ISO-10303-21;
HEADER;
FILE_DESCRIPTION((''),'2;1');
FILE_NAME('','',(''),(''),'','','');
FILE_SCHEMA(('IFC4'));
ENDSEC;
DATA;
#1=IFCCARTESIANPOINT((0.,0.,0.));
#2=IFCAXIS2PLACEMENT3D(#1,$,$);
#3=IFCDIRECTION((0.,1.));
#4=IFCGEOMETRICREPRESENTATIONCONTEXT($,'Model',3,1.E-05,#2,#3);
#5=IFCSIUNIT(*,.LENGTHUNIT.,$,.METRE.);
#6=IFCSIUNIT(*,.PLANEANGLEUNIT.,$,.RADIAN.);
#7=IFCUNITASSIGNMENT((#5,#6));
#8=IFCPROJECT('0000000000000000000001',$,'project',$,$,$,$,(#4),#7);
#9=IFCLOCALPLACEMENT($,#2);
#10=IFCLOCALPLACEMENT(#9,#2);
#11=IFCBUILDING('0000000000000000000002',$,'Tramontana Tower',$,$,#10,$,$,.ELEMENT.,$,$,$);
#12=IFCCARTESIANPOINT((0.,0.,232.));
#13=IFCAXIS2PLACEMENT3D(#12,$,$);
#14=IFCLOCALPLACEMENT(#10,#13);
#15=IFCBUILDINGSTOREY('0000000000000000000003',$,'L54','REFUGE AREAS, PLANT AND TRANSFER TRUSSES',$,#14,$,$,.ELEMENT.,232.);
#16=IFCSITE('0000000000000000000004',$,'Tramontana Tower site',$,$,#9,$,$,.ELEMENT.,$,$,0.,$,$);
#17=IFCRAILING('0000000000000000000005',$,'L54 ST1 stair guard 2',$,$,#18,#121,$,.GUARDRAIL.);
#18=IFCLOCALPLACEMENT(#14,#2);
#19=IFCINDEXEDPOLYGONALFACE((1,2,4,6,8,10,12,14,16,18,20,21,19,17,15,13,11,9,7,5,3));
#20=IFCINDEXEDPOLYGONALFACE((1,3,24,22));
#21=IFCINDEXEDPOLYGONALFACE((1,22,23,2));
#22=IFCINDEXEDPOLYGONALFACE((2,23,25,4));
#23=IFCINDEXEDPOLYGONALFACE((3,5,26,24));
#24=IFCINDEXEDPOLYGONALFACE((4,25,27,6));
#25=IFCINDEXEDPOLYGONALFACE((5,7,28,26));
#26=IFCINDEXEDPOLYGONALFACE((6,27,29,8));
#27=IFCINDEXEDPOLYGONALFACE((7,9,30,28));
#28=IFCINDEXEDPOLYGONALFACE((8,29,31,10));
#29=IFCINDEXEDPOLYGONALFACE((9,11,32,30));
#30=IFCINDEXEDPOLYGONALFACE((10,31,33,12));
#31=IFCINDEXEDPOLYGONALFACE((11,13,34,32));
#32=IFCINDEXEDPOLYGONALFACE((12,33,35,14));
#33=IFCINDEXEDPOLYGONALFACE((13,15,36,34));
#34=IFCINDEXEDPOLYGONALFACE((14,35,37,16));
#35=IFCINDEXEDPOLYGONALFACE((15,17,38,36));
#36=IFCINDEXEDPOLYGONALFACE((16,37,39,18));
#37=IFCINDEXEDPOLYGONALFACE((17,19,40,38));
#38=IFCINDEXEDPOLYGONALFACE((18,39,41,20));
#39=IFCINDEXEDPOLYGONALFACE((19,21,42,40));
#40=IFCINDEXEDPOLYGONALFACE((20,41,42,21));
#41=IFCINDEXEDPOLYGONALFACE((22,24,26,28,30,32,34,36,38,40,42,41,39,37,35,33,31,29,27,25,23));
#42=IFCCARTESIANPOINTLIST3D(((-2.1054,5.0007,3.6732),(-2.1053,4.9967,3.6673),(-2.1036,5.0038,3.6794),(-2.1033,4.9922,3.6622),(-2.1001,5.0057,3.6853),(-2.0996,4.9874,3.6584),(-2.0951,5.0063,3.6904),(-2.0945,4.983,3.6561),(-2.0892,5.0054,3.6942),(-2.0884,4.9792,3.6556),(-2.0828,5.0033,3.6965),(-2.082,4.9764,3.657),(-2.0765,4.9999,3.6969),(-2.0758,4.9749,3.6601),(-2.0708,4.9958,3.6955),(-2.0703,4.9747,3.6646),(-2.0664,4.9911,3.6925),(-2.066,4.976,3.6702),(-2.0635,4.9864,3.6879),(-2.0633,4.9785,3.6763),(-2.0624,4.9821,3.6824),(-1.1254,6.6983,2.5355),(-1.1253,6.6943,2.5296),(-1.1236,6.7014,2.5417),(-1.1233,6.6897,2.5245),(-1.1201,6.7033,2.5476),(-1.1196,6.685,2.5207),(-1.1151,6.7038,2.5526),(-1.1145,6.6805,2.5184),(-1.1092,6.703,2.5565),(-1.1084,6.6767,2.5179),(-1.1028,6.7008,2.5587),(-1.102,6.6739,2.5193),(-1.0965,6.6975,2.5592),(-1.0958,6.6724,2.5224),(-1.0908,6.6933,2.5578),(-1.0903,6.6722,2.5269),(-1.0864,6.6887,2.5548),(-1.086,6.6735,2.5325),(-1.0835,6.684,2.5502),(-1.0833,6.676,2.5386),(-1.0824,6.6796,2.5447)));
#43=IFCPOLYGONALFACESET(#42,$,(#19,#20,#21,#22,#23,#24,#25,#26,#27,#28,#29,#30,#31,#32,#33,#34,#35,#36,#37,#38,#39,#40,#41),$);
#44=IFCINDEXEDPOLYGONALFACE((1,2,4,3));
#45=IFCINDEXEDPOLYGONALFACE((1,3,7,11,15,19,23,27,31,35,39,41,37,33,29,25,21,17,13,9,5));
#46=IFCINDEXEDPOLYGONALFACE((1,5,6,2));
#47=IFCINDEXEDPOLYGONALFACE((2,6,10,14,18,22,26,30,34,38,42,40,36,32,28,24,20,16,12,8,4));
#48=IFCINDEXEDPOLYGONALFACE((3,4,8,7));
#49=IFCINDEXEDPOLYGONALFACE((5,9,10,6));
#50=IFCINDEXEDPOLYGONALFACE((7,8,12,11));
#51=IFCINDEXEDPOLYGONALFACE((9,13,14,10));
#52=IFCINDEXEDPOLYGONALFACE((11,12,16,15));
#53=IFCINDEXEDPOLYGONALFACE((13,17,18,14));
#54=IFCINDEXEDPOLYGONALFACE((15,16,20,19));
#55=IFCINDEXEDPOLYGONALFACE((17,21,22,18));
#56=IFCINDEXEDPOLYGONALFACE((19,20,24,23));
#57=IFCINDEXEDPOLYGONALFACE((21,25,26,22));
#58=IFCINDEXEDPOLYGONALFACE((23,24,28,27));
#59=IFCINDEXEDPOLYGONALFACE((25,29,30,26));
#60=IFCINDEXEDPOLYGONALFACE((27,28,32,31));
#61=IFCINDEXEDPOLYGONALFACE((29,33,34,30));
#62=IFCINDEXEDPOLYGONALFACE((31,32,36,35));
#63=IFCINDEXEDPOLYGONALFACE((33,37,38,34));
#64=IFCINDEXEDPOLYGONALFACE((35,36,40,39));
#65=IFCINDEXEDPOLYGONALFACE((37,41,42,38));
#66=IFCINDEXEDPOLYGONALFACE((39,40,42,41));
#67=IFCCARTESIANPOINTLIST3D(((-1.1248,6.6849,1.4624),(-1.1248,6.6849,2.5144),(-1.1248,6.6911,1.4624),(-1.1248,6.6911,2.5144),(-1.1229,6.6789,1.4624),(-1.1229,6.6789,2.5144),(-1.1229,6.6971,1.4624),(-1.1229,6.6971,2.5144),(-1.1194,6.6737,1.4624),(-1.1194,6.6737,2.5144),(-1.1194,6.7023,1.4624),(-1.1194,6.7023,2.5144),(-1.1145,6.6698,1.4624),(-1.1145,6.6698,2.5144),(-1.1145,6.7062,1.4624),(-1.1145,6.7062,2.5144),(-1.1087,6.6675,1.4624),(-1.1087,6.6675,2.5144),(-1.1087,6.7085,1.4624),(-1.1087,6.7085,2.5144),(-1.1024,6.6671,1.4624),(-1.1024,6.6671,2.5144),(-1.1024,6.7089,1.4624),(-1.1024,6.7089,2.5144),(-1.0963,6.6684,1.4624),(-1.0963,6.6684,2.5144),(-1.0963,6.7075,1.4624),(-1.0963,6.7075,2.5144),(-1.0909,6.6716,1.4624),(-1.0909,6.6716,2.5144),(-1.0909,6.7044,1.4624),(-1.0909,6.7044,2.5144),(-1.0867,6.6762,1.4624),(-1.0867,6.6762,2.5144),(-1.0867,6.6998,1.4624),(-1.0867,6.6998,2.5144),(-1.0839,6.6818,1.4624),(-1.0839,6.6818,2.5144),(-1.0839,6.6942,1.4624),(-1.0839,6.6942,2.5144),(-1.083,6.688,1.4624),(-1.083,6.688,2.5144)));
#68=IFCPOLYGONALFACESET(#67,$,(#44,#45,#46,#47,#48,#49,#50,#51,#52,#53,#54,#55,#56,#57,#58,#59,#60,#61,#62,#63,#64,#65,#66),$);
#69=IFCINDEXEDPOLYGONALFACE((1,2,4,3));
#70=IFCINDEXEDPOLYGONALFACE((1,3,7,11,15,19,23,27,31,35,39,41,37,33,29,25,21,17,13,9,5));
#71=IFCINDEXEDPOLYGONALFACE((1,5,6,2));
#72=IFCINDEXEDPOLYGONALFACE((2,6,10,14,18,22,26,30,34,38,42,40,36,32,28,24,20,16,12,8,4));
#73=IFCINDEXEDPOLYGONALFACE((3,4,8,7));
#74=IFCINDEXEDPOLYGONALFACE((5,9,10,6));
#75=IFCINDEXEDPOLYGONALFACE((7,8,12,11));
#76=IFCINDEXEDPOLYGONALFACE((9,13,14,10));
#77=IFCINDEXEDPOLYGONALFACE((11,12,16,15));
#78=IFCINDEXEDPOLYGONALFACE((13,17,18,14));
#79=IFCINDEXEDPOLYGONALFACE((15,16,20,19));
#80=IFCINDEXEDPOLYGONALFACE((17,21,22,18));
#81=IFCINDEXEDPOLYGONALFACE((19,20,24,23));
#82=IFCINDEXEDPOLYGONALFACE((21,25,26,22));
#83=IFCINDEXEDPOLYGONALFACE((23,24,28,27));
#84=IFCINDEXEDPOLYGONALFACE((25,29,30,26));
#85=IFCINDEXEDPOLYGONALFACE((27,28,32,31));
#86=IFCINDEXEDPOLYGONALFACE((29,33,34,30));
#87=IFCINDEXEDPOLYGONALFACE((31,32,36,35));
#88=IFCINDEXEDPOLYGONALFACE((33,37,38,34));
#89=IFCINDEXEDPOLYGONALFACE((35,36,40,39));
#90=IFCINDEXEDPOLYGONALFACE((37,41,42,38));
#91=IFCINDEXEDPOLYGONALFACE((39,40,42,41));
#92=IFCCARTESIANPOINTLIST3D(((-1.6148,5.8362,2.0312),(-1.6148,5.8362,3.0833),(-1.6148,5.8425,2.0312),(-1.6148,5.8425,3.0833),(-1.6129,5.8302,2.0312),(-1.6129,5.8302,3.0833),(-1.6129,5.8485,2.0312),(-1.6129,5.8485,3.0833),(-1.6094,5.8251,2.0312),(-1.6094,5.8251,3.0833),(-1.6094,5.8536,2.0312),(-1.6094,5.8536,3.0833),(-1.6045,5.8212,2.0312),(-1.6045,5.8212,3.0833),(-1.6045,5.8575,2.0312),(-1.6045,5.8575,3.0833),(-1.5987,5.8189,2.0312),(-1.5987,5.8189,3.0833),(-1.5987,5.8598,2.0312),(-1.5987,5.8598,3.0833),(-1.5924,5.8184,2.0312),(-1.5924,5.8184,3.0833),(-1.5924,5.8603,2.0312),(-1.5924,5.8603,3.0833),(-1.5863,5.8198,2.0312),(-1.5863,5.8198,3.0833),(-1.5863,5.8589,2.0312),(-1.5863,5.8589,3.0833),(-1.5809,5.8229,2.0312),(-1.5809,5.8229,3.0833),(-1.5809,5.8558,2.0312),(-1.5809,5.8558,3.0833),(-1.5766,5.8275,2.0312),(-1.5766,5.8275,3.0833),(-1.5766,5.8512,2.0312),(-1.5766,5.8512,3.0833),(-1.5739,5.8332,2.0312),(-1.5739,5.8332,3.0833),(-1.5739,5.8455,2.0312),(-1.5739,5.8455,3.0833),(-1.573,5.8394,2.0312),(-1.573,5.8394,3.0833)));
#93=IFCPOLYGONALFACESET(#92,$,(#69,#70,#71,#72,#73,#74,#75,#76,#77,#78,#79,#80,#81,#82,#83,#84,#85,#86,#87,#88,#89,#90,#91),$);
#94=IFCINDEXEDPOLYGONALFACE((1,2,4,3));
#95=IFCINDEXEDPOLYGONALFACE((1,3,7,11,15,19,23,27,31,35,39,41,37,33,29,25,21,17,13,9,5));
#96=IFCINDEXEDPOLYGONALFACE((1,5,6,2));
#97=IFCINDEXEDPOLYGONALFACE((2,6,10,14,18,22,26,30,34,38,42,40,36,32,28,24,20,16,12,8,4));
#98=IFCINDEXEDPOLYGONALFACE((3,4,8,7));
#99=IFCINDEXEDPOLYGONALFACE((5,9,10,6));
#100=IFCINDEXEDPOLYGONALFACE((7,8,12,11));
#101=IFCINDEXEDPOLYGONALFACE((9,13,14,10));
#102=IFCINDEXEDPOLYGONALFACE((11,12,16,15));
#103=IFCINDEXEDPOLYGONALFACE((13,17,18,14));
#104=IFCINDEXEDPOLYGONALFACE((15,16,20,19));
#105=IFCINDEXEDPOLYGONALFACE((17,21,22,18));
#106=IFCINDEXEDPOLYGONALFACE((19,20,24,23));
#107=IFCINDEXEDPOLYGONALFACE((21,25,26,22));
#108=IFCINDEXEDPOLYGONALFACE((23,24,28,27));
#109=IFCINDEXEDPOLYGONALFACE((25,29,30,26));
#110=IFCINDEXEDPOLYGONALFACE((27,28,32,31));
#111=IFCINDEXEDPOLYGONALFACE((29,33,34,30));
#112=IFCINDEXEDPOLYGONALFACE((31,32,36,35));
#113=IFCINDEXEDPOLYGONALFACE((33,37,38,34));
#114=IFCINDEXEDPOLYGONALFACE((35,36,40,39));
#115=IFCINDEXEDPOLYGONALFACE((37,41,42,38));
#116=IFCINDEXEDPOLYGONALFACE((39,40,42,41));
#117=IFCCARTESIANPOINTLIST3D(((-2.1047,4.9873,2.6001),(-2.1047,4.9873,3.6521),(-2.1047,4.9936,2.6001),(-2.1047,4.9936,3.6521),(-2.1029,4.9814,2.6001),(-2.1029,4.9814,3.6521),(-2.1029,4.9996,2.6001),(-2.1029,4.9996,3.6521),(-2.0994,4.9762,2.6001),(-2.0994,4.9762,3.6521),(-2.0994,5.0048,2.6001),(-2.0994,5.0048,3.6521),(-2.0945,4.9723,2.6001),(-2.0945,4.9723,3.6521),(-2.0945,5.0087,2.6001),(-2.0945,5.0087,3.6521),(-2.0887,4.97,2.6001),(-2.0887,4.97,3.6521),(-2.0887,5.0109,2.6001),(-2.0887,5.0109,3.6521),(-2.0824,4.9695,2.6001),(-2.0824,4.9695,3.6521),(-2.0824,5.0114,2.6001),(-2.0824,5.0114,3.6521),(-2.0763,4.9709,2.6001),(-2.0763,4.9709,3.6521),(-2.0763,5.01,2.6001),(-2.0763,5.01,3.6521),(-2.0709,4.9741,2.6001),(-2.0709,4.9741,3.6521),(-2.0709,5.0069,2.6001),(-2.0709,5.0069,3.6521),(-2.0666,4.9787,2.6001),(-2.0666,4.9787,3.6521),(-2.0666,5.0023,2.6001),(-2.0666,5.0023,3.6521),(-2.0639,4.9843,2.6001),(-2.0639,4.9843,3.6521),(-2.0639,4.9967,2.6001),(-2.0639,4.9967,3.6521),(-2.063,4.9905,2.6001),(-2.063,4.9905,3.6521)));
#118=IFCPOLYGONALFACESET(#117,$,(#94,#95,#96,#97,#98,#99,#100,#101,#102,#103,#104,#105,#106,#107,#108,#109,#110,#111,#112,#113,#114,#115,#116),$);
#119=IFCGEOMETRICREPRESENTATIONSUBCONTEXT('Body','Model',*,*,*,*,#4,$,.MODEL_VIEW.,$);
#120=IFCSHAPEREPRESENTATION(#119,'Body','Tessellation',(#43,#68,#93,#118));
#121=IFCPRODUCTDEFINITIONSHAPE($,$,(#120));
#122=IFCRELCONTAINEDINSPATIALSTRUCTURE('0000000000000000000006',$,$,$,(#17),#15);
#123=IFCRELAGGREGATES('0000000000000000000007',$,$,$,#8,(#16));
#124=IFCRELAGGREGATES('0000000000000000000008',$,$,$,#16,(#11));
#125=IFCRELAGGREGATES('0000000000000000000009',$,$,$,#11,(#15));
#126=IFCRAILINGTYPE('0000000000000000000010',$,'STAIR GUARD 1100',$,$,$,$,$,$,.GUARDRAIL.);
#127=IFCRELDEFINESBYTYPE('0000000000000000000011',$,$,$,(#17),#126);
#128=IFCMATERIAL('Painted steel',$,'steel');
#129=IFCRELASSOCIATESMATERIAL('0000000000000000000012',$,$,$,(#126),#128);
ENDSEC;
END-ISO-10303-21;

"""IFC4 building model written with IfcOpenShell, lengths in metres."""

from ifc_helpers import new_model, si_unit, direction, frame, origin, origin_2d, place, context, subcontext, project, spatial, circle, extrude, material, type_object, element, save


model = new_model("IFC4")

# Units and contexts
model_context = context("Model", 3, precision=1e-05, world=origin(), true_north=direction((0.0, 1.0)))
body_context = subcontext(model_context, "Body", "Model", "MODEL_VIEW")
ifc_project = project(units=[si_unit("LENGTHUNIT", "METRE"), si_unit("PLANEANGLEUNIT", "RADIAN")], contexts=[model_context])

# Site, building, storey
site_placement = place(None, origin())
site = spatial("IfcSite", under=ifc_project, at=site_placement, Name="Tramontana Tower site", CompositionType="ELEMENT", RefElevation=0.0)
building_placement = place(site_placement, origin())
building = spatial("IfcBuilding", under=site, at=building_placement, Name="Tramontana Tower", CompositionType="ELEMENT")
storey_placement = place(building_placement, frame((0.0, 0.0, 232.0)))
storey = spatial("IfcBuildingStorey", under=building, at=storey_placement, Name="L54", Description="REFUGE AREAS, PLANT AND TRANSFER TRUSSES", CompositionType="ELEMENT", Elevation=232.0)

# Railing
ifc_material_1 = material(Name="Painted steel", Category="steel")
railing_type_1 = type_object("IfcRailingType", Name="STAIR GUARD 1100", PredefinedType="GUARDRAIL", material=ifc_material_1)
railing_1_placement = place(storey_placement, frame((-1.104, 6.688, 1.4624)))
element("IfcRailing", 1, at=railing_1_placement, inside=storey, type_object=railing_type_1, Name="L54 ST1 stair guard 2", PredefinedType="GUARDRAIL", context=body_context, shape_type="SweptSolid", body=[
    extrude(circle(Radius=0.0239, at=origin_2d()), frame((0.0, 0.0, 1.0762), z_axis=(-0.432409, -0.749013, 0.501999), x_axis=(0.866042, -0.49997, 0.0)), (0.0, 0.0, 1.0), 2.2664),
    extrude(circle(Radius=0.021, at=origin_2d()), origin(), (0.0, 0.0, 1.0), 1.052),
    extrude(circle(Radius=0.021, at=origin_2d()), frame((-0.49, -0.8486, 0.5688)), (0.0, 0.0, 1.0), 1.052),
    extrude(circle(Radius=0.021, at=origin_2d()), frame((-0.98, -1.6975, 1.1377)), (0.0, 0.0, 1.0), 1.052),
])

save(model, "model.ifc")
